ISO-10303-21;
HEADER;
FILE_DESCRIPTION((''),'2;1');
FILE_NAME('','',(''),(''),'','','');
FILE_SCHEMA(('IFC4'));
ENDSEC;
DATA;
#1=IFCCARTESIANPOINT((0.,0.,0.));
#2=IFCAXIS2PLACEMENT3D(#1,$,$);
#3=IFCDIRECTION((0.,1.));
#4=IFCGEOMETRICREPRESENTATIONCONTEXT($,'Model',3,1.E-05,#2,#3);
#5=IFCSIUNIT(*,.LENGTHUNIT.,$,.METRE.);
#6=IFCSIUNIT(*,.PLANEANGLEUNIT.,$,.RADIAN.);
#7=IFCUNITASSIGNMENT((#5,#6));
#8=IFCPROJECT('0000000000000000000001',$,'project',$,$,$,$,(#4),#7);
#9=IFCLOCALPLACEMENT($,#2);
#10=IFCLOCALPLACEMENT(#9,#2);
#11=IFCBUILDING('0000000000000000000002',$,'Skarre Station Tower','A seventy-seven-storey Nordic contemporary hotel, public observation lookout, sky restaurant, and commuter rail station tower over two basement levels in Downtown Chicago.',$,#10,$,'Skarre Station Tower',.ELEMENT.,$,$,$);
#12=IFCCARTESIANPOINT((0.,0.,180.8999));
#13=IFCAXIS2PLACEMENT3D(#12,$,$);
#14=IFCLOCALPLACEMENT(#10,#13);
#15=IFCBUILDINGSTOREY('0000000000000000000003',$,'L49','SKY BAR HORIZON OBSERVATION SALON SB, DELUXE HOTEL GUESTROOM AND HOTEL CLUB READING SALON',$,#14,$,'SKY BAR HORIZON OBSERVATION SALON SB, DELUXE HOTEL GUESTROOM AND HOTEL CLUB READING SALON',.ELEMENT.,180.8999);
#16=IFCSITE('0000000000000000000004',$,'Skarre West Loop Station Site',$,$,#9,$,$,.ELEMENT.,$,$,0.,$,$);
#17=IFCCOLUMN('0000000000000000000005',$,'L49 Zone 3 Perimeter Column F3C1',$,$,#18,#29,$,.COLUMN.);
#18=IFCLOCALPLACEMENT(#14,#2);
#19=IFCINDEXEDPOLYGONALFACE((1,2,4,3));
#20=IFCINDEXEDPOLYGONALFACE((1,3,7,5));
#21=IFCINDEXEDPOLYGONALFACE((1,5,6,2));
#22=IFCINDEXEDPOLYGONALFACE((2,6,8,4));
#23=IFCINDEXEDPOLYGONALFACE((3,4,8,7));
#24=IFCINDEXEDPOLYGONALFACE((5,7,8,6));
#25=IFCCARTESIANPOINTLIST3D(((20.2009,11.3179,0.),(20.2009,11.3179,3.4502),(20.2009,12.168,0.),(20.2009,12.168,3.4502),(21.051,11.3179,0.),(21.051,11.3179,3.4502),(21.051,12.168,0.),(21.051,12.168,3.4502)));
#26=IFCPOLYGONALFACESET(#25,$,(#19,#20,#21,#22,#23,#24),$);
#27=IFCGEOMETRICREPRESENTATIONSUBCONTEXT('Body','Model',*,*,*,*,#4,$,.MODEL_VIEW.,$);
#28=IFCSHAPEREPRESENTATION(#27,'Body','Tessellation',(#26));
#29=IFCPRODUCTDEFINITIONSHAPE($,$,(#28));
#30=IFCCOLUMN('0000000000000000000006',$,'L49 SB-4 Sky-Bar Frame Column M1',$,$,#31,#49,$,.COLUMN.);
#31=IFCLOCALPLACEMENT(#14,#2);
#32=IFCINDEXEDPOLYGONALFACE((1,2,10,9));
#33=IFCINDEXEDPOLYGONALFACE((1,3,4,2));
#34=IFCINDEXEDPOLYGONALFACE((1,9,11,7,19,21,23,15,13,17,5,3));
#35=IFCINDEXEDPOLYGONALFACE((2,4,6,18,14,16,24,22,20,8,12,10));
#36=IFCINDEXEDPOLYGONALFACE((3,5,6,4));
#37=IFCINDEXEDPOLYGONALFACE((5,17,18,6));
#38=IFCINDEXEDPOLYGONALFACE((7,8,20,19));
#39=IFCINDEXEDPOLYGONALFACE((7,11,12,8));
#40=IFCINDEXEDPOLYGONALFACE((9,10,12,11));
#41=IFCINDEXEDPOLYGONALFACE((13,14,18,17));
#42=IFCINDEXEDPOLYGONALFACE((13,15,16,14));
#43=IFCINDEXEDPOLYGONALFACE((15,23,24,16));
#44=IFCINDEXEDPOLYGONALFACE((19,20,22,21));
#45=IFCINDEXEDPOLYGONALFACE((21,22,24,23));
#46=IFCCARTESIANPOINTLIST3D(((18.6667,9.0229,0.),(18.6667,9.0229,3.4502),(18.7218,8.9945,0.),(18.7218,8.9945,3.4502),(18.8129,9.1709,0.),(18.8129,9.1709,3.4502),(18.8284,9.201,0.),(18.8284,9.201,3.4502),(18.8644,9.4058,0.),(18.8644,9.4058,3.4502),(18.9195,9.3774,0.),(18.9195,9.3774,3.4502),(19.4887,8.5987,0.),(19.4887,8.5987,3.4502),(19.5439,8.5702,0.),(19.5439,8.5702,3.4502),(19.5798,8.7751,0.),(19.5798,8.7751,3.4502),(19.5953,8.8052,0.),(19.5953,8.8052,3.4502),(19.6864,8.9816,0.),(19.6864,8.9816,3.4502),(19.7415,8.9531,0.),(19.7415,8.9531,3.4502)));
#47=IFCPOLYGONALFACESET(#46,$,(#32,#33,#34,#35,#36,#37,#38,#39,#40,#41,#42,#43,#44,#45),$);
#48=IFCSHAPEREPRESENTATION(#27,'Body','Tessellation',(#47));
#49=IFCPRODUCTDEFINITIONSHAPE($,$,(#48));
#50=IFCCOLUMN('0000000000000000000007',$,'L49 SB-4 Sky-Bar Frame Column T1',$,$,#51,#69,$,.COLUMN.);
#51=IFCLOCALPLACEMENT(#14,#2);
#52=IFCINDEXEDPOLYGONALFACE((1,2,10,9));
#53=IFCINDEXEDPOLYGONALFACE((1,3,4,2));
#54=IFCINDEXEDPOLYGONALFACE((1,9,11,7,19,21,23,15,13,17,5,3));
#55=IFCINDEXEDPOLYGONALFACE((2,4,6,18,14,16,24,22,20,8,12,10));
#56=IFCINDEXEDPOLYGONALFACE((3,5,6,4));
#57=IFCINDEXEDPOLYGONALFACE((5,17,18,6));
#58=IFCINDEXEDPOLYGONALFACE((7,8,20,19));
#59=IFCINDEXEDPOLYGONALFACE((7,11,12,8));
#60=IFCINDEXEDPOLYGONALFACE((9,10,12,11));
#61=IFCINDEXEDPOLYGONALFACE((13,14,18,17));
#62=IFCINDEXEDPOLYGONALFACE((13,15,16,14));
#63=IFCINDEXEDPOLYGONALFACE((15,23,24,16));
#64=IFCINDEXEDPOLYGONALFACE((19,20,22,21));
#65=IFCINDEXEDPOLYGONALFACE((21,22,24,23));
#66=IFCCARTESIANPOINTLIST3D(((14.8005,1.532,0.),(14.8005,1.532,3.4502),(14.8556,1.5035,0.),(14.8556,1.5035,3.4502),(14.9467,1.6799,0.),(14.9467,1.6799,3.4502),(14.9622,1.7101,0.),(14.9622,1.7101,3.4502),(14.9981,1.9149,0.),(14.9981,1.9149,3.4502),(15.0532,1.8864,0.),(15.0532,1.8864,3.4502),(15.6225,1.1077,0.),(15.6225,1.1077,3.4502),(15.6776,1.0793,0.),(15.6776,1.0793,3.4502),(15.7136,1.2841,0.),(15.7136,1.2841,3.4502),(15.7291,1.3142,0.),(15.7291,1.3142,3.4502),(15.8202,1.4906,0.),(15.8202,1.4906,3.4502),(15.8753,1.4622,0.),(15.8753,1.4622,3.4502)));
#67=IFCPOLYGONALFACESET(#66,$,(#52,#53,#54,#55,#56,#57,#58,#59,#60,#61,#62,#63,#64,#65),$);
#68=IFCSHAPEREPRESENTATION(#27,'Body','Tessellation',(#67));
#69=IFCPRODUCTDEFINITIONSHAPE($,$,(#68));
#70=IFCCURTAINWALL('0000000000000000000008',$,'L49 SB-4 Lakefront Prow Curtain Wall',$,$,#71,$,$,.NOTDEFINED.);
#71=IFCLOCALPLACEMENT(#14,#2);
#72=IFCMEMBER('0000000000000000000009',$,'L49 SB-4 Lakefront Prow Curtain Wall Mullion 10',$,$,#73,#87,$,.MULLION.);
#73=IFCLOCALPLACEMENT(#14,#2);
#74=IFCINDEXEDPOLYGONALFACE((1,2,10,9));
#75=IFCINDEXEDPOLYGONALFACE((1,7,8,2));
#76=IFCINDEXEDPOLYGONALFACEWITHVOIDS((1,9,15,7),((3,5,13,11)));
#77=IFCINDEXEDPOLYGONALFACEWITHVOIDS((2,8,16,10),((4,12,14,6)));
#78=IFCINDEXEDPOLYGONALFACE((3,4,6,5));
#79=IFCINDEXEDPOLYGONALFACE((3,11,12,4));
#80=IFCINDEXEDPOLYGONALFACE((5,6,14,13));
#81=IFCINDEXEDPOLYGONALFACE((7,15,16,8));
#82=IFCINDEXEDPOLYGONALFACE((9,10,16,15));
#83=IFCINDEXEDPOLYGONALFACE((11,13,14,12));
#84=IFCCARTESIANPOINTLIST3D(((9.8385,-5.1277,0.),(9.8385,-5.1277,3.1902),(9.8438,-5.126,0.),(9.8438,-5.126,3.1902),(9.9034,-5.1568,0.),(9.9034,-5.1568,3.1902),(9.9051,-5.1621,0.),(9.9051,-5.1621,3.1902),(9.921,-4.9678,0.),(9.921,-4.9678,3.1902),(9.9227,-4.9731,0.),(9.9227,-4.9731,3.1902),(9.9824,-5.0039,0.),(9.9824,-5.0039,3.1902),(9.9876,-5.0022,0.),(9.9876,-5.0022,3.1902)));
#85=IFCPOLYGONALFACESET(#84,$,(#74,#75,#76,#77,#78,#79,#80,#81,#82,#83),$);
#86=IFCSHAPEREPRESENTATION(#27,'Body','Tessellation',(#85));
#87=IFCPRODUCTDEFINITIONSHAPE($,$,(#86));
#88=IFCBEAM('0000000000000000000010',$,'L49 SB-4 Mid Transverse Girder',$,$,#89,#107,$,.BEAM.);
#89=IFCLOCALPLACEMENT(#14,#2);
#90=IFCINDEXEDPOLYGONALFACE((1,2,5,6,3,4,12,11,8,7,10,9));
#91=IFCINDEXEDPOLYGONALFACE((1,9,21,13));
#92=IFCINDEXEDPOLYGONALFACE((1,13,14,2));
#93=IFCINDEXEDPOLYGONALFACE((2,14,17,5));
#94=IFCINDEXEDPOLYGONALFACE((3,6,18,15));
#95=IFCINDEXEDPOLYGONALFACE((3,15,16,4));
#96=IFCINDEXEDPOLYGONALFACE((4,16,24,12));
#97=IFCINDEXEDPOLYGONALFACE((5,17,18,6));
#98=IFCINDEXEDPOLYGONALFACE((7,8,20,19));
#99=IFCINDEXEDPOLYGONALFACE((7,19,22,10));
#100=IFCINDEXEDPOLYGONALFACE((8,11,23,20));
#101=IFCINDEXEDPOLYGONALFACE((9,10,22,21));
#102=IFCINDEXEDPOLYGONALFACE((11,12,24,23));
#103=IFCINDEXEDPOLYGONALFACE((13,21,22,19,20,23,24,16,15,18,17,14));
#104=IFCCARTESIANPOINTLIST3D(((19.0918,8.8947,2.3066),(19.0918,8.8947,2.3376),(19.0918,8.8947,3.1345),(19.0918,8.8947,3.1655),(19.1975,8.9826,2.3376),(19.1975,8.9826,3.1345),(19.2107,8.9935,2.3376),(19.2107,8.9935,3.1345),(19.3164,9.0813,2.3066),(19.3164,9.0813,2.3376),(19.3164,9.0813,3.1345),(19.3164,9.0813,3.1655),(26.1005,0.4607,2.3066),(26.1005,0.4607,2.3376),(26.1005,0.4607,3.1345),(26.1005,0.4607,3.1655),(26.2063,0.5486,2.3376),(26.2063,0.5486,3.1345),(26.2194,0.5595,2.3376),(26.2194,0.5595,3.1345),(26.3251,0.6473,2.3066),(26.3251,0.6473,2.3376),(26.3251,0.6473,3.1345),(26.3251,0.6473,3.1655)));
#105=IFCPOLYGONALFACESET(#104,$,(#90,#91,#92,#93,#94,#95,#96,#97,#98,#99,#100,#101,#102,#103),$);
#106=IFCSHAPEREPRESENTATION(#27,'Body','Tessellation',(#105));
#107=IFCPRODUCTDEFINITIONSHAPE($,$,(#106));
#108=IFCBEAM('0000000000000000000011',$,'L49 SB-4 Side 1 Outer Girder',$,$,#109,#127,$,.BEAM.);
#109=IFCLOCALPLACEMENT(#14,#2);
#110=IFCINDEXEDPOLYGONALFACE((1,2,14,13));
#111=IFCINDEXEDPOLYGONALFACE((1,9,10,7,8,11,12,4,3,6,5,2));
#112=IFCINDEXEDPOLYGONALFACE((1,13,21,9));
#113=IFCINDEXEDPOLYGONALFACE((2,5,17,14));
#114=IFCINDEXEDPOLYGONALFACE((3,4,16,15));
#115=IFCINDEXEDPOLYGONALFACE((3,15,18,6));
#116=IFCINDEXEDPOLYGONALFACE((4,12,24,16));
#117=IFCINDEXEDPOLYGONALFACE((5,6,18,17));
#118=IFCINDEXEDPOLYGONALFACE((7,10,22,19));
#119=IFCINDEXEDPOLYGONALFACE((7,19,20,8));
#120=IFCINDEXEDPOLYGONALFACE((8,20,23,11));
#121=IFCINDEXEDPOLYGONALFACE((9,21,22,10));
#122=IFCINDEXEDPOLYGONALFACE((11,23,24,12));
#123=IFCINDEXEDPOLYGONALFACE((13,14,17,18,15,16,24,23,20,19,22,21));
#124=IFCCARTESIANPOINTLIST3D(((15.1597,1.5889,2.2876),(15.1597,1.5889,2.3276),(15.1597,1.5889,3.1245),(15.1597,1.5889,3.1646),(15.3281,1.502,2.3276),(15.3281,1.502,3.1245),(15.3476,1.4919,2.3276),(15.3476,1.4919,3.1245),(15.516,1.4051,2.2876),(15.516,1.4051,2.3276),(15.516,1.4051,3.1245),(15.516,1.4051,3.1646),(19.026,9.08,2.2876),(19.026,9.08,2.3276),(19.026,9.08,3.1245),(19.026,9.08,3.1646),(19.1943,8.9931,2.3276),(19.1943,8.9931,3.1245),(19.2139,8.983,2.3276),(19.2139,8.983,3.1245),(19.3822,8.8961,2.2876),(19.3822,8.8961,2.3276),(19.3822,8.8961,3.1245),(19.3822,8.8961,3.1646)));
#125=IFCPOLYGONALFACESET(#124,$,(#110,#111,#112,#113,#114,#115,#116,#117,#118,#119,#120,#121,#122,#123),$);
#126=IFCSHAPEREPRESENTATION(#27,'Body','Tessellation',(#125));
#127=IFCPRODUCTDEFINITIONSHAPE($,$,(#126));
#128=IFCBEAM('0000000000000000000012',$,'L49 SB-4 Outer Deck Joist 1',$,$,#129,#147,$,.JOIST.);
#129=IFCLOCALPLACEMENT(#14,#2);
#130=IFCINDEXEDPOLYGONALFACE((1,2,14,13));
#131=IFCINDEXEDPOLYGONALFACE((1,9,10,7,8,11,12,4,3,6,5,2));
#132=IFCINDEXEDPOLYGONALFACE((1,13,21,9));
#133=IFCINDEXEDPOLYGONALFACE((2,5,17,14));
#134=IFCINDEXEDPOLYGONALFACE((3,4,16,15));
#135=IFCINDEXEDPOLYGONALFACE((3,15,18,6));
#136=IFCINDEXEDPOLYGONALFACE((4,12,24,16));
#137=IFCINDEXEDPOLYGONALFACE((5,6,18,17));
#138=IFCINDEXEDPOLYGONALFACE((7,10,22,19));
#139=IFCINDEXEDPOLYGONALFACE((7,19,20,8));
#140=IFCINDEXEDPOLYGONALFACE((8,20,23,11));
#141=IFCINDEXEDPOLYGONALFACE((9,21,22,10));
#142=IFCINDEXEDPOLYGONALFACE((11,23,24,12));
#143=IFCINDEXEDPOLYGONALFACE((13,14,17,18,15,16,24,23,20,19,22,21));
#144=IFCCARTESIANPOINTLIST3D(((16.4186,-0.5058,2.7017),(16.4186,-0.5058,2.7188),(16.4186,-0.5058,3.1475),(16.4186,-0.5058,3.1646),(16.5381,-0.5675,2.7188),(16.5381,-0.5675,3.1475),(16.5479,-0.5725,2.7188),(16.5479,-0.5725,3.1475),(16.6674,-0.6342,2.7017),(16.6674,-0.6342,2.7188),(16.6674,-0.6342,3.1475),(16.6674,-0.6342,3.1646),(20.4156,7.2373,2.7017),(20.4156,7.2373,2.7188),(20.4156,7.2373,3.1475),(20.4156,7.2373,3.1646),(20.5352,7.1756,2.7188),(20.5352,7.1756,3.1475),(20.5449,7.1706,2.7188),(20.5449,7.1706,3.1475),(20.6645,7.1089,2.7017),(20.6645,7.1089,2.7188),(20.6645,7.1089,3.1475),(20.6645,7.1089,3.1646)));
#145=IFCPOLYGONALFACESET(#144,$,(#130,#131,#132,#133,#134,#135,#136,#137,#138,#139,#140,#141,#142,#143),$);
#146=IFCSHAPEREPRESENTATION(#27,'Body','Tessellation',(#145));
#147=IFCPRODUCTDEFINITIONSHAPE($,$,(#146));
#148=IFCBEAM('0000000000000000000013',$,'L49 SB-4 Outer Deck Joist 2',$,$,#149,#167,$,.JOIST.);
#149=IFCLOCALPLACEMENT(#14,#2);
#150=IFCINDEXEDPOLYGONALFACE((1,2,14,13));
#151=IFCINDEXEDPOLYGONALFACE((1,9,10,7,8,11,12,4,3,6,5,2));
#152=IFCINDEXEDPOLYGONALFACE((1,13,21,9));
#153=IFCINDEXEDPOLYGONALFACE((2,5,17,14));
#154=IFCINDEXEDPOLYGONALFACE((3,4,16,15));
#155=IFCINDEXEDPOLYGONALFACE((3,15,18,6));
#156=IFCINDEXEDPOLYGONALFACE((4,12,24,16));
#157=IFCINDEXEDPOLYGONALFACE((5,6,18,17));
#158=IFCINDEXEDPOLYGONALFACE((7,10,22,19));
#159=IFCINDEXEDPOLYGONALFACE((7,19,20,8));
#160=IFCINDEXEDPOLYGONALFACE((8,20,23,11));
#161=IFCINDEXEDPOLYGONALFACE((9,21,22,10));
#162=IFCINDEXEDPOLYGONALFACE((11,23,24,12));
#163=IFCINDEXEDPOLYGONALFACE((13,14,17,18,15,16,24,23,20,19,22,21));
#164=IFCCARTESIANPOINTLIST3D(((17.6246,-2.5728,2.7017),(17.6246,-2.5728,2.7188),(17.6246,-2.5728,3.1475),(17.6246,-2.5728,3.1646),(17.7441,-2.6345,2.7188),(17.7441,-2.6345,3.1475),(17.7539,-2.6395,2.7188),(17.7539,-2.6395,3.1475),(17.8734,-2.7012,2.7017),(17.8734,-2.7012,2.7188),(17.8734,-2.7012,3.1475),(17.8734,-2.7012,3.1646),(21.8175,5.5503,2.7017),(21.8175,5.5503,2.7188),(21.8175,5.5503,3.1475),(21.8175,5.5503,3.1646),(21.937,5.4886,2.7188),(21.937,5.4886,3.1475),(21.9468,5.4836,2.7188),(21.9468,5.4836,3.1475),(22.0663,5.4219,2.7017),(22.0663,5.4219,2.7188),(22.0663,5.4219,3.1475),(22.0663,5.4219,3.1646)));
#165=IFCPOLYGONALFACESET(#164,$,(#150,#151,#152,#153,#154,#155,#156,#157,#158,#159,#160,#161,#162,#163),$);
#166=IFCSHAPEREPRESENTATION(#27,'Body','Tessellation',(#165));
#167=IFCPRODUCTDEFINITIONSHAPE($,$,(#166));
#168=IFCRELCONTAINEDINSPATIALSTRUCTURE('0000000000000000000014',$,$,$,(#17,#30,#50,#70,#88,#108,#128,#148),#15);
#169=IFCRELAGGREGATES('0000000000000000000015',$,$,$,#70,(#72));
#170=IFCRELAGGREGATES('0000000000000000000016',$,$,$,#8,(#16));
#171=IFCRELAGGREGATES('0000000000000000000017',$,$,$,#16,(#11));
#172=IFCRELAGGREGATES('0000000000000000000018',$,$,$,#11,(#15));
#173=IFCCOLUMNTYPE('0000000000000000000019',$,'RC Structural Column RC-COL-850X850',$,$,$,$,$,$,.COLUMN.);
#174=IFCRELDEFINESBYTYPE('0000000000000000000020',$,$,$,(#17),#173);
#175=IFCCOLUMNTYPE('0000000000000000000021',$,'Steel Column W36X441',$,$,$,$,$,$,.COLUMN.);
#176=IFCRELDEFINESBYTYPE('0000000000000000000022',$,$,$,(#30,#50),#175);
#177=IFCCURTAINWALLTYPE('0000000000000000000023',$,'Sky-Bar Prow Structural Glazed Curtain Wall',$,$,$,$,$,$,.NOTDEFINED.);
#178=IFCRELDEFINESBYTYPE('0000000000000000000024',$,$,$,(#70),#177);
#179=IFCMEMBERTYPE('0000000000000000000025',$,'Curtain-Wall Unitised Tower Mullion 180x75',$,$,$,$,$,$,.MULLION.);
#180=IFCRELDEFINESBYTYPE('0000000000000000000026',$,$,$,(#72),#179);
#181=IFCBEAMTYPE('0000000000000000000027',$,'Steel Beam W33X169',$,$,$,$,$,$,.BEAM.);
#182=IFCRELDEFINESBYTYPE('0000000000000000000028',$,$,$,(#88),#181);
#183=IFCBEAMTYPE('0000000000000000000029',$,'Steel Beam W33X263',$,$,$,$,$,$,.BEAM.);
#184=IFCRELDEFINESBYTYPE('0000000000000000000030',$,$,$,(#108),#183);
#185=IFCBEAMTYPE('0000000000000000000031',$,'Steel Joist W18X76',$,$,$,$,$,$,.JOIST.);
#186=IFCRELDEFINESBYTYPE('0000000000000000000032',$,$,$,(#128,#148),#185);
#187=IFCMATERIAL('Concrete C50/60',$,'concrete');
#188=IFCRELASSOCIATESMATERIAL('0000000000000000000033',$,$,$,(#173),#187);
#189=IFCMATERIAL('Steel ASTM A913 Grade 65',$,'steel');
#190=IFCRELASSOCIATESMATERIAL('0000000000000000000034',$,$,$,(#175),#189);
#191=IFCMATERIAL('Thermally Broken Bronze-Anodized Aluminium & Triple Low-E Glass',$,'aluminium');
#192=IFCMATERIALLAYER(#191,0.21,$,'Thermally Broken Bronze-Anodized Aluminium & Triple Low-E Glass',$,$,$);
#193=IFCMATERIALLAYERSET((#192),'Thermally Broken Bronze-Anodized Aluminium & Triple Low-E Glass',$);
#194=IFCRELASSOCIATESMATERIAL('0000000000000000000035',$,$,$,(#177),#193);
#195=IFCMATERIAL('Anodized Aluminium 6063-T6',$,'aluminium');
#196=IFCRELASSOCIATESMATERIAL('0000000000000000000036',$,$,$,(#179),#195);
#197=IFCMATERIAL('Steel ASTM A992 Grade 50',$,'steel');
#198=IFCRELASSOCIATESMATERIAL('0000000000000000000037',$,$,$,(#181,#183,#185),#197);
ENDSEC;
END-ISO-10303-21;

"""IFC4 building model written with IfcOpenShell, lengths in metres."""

from ifc_helpers import new_model, si_unit, direction, frame, origin, origin_2d, place, context, subcontext, project, spatial, rectangle, hollow_rectangle, i_section, extrude, material, layer, layer_set, material_profile, profile_set, type_object, element, aggregate, save


model = new_model("IFC4")

# Units and contexts
model_context = context("Model", 3, precision=1e-05, world=origin(), true_north=direction((0.0, 1.0)))
body_context = subcontext(model_context, "Body", "Model", "MODEL_VIEW")
ifc_project = project(units=[si_unit("LENGTHUNIT", "METRE"), si_unit("PLANEANGLEUNIT", "RADIAN")], contexts=[model_context])

# Site, building, storey
site_placement = place(None, origin())
site = spatial("IfcSite", under=ifc_project, at=site_placement, Name="Skarre West Loop Station Site", CompositionType="ELEMENT", RefElevation=0.0)
building_placement = place(site_placement, origin())
building = spatial("IfcBuilding", under=site, at=building_placement, Name="Skarre Station Tower", Description="A seventy-seven-storey Nordic contemporary hotel, public observation lookout, sky restaurant, and commuter rail station tower over two basement levels in Downtown Chicago.", LongName="Skarre Station Tower", CompositionType="ELEMENT")
storey_placement = place(building_placement, frame((0.0, 0.0, 180.8999)))
storey = spatial("IfcBuildingStorey", under=building, at=storey_placement, Name="L49", Description="SKY BAR HORIZON OBSERVATION SALON SB, DELUXE HOTEL GUESTROOM AND HOTEL CLUB READING SALON", LongName="SKY BAR HORIZON OBSERVATION SALON SB, DELUXE HOTEL GUESTROOM AND HOTEL CLUB READING SALON", CompositionType="ELEMENT", Elevation=180.8999)

# Columns
ifc_material_1 = material(Name="Concrete C50/60", Category="concrete")
ifc_material_profile_1 = material_profile(ifc_material_1, rectangle(XDim=0.8501, YDim=0.8501, at=origin_2d()), Name="Concrete C50/60")
ifc_profile_set_1 = profile_set([ifc_material_profile_1], Name="Concrete C50/60")
column_type_1 = type_object("IfcColumnType", Name="RC Structural Column RC-COL-850X850", PredefinedType="COLUMN", material=ifc_profile_set_1)
column_placement = place(storey_placement, frame((20.626, 11.7429, 0.0), z_axis=(0.0, 0.0, 1.0), x_axis=(1.0, 0.0, 0.0)))
element("IfcColumn", 1, at=column_placement, inside=storey, type_object=column_type_1, Name="L49 Zone 3 Perimeter Column F3C1", PredefinedType="COLUMN", context=body_context, shape_type="SweptSolid", body=[
    extrude(rectangle(XDim=0.8501, YDim=0.8501, at=origin_2d()), origin(), (0.0, 0.0, 1.0), 3.4502),
])
ifc_material_2 = material(Name="Steel ASTM A913 Grade 65", Category="steel")
ifc_material_profile_2 = material_profile(ifc_material_2, i_section(OverallWidth=0.4309, OverallDepth=0.9871, WebThickness=0.0339, FlangeThickness=0.062, at=origin_2d()), Name="Steel ASTM A913 Grade 65")
ifc_profile_set_2 = profile_set([ifc_material_profile_2], Name="Steel ASTM A913 Grade 65")
column_type_2 = type_object("IfcColumnType", Name="Steel Column W36X441", PredefinedType="COLUMN", material=ifc_profile_set_2)
for number, where, z_axis, x_axis, name in (
    (2, (19.2041, 8.988, 0.0), (0.0, 0.0, 1.0), (-0.458634, -0.888625, 0.0), "L49 SB-4 Sky-Bar Frame Column M1"),
    (3, (15.3379, 1.4971, 0.0), (0.0, 0.0, 1.0), (-0.458634, -0.888625, 0.0), "L49 SB-4 Sky-Bar Frame Column T1"),
):
    element("IfcColumn", number, at=place(storey_placement, frame(where, z_axis=z_axis, x_axis=x_axis)), inside=storey, type_object=column_type_2, Name=name, PredefinedType="COLUMN", context=body_context, shape_type="SweptSolid", body=[
        extrude(i_section(OverallWidth=0.4309, OverallDepth=0.9871, WebThickness=0.0339, FlangeThickness=0.062, at=origin_2d()), origin(), (0.0, 0.0, 1.0), 3.4502),
    ])

# Curtain wall, member
ifc_material_3 = material(Name="Thermally Broken Bronze-Anodized Aluminium & Triple Low-E Glass", Category="aluminium")
ifc_layer_1 = layer(ifc_material_3, 0.21, Name="Thermally Broken Bronze-Anodized Aluminium & Triple Low-E Glass")
ifc_layer_set_1 = layer_set([ifc_layer_1], Name="Thermally Broken Bronze-Anodized Aluminium & Triple Low-E Glass")
curtain_wall_type = type_object("IfcCurtainWallType", Name="Sky-Bar Prow Structural Glazed Curtain Wall", PredefinedType="NOTDEFINED", material=ifc_layer_set_1)
curtain_wall_placement = place(storey_placement, origin())
curtain_wall = element("IfcCurtainWall", 4, at=curtain_wall_placement, inside=storey, type_object=curtain_wall_type, Name="L49 SB-4 Lakefront Prow Curtain Wall", PredefinedType="NOTDEFINED")
ifc_material_4 = material(Name="Anodized Aluminium 6063-T6", Category="aluminium")
ifc_material_profile_3 = material_profile(ifc_material_4, hollow_rectangle(XDim=0.075, YDim=0.1799, WallThickness=0.0039, at=origin_2d()), Name="Anodized Aluminium 6063-T6")
ifc_profile_set_3 = profile_set([ifc_material_profile_3], Name="Anodized Aluminium 6063-T6")
member_type = type_object("IfcMemberType", Name="Curtain-Wall Unitised Tower Mullion 180x75", PredefinedType="MULLION", material=ifc_profile_set_3)
member_placement = place(storey_placement, frame((9.9131, -5.0649, 0.0), z_axis=(0.0, 0.0, 1.0), x_axis=(-0.888625, 0.458634, 0.0)))
member = element("IfcMember", 5, at=member_placement, type_object=member_type, Name="L49 SB-4 Lakefront Prow Curtain Wall Mullion 10", PredefinedType="MULLION", context=body_context, shape_type="SweptSolid", body=[
    extrude(hollow_rectangle(XDim=0.075, YDim=0.1799, WallThickness=0.0039, at=origin_2d()), origin(), (0.0, 0.0, 1.0), 3.1902),
])
aggregate(curtain_wall, [member])

# Beams
ifc_material_5 = material(Name="Steel ASTM A992 Grade 50", Category="steel")
ifc_material_profile_4 = material_profile(ifc_material_5, i_section(OverallWidth=0.292, OverallDepth=0.8589, WebThickness=0.0171, FlangeThickness=0.031, at=origin_2d()), Name="Steel ASTM A992 Grade 50")
ifc_profile_set_4 = profile_set([ifc_material_profile_4], Name="Steel ASTM A992 Grade 50")
beam_type_1 = type_object("IfcBeamType", Name="Steel Beam W33X169", PredefinedType="BEAM", material=ifc_profile_set_4)
beam_1_placement = place(storey_placement, frame((19.2041, 8.988, 2.7361), z_axis=(0.639128, -0.7691, 0.0), x_axis=(0.7691, 0.639128, 0.0)))
element("IfcBeam", 6, at=beam_1_placement, inside=storey, type_object=beam_type_1, Name="L49 SB-4 Mid Transverse Girder", PredefinedType="BEAM", context=body_context, shape_type="SweptSolid", body=[
    extrude(i_section(OverallWidth=0.292, OverallDepth=0.8589, WebThickness=0.0171, FlangeThickness=0.031, at=origin_2d()), origin(), (0.0, 0.0, 1.0), 10.9661),
])
ifc_material_profile_5 = material_profile(ifc_material_5, i_section(OverallWidth=0.4009, OverallDepth=0.877, WebThickness=0.022, FlangeThickness=0.04, at=origin_2d()), Name="Steel ASTM A992 Grade 50")
ifc_profile_set_5 = profile_set([ifc_material_profile_5], Name="Steel ASTM A992 Grade 50")
beam_type_2 = type_object("IfcBeamType", Name="Steel Beam W33X263", PredefinedType="BEAM", material=ifc_profile_set_5)
beam_2_placement = place(storey_placement, frame((19.2041, 8.988, 2.7261), z_axis=(-0.458634, -0.888625, 0.0), x_axis=(0.888625, -0.458634, 0.0)))
element("IfcBeam", 7, at=beam_2_placement, inside=storey, type_object=beam_type_2, Name="L49 SB-4 Side 1 Outer Girder", PredefinedType="BEAM", context=body_context, shape_type="SweptSolid", body=[
    extrude(i_section(OverallWidth=0.4009, OverallDepth=0.877, WebThickness=0.022, FlangeThickness=0.04, at=origin_2d()), origin(), (0.0, 0.0, 1.0), 8.4299),
])
ifc_material_profile_6 = material_profile(ifc_material_5, i_section(OverallWidth=0.28, OverallDepth=0.4629, WebThickness=0.011, FlangeThickness=0.0171, at=origin_2d()), Name="Steel ASTM A992 Grade 50")
ifc_profile_set_6 = profile_set([ifc_material_profile_6], Name="Steel ASTM A992 Grade 50")
beam_type_3 = type_object("IfcBeamType", Name="Steel Joist W18X76", PredefinedType="JOIST", material=ifc_profile_set_6)
beam_3_placement = place(storey_placement, frame((20.54, 7.1731, 2.9331), z_axis=(-0.458697, -0.888593, 0.0), x_axis=(0.888593, -0.458697, 0.0)))
element("IfcBeam", 8, at=beam_3_placement, inside=storey, type_object=beam_type_3, Name="L49 SB-4 Outer Deck Joist 1", PredefinedType="JOIST", context=body_context, shape_type="SweptSolid", body=[
    extrude(i_section(OverallWidth=0.28, OverallDepth=0.4629, WebThickness=0.011, FlangeThickness=0.0171, at=origin_2d()), origin(), (0.0, 0.0, 1.0), 8.7139),
])
beam_4_placement = place(storey_placement, frame((21.9419, 5.4861, 2.9331), z_axis=(-0.458671, -0.888606, 0.0), x_axis=(0.888606, -0.458671, 0.0)))
element("IfcBeam", 9, at=beam_4_placement, inside=storey, type_object=beam_type_3, Name="L49 SB-4 Outer Deck Joist 2", PredefinedType="JOIST", context=body_context, shape_type="SweptSolid", body=[
    extrude(i_section(OverallWidth=0.28, OverallDepth=0.4629, WebThickness=0.011, FlangeThickness=0.0171, at=origin_2d()), origin(), (0.0, 0.0, 1.0), 9.1414),
])

save(model, "model.ifc")
